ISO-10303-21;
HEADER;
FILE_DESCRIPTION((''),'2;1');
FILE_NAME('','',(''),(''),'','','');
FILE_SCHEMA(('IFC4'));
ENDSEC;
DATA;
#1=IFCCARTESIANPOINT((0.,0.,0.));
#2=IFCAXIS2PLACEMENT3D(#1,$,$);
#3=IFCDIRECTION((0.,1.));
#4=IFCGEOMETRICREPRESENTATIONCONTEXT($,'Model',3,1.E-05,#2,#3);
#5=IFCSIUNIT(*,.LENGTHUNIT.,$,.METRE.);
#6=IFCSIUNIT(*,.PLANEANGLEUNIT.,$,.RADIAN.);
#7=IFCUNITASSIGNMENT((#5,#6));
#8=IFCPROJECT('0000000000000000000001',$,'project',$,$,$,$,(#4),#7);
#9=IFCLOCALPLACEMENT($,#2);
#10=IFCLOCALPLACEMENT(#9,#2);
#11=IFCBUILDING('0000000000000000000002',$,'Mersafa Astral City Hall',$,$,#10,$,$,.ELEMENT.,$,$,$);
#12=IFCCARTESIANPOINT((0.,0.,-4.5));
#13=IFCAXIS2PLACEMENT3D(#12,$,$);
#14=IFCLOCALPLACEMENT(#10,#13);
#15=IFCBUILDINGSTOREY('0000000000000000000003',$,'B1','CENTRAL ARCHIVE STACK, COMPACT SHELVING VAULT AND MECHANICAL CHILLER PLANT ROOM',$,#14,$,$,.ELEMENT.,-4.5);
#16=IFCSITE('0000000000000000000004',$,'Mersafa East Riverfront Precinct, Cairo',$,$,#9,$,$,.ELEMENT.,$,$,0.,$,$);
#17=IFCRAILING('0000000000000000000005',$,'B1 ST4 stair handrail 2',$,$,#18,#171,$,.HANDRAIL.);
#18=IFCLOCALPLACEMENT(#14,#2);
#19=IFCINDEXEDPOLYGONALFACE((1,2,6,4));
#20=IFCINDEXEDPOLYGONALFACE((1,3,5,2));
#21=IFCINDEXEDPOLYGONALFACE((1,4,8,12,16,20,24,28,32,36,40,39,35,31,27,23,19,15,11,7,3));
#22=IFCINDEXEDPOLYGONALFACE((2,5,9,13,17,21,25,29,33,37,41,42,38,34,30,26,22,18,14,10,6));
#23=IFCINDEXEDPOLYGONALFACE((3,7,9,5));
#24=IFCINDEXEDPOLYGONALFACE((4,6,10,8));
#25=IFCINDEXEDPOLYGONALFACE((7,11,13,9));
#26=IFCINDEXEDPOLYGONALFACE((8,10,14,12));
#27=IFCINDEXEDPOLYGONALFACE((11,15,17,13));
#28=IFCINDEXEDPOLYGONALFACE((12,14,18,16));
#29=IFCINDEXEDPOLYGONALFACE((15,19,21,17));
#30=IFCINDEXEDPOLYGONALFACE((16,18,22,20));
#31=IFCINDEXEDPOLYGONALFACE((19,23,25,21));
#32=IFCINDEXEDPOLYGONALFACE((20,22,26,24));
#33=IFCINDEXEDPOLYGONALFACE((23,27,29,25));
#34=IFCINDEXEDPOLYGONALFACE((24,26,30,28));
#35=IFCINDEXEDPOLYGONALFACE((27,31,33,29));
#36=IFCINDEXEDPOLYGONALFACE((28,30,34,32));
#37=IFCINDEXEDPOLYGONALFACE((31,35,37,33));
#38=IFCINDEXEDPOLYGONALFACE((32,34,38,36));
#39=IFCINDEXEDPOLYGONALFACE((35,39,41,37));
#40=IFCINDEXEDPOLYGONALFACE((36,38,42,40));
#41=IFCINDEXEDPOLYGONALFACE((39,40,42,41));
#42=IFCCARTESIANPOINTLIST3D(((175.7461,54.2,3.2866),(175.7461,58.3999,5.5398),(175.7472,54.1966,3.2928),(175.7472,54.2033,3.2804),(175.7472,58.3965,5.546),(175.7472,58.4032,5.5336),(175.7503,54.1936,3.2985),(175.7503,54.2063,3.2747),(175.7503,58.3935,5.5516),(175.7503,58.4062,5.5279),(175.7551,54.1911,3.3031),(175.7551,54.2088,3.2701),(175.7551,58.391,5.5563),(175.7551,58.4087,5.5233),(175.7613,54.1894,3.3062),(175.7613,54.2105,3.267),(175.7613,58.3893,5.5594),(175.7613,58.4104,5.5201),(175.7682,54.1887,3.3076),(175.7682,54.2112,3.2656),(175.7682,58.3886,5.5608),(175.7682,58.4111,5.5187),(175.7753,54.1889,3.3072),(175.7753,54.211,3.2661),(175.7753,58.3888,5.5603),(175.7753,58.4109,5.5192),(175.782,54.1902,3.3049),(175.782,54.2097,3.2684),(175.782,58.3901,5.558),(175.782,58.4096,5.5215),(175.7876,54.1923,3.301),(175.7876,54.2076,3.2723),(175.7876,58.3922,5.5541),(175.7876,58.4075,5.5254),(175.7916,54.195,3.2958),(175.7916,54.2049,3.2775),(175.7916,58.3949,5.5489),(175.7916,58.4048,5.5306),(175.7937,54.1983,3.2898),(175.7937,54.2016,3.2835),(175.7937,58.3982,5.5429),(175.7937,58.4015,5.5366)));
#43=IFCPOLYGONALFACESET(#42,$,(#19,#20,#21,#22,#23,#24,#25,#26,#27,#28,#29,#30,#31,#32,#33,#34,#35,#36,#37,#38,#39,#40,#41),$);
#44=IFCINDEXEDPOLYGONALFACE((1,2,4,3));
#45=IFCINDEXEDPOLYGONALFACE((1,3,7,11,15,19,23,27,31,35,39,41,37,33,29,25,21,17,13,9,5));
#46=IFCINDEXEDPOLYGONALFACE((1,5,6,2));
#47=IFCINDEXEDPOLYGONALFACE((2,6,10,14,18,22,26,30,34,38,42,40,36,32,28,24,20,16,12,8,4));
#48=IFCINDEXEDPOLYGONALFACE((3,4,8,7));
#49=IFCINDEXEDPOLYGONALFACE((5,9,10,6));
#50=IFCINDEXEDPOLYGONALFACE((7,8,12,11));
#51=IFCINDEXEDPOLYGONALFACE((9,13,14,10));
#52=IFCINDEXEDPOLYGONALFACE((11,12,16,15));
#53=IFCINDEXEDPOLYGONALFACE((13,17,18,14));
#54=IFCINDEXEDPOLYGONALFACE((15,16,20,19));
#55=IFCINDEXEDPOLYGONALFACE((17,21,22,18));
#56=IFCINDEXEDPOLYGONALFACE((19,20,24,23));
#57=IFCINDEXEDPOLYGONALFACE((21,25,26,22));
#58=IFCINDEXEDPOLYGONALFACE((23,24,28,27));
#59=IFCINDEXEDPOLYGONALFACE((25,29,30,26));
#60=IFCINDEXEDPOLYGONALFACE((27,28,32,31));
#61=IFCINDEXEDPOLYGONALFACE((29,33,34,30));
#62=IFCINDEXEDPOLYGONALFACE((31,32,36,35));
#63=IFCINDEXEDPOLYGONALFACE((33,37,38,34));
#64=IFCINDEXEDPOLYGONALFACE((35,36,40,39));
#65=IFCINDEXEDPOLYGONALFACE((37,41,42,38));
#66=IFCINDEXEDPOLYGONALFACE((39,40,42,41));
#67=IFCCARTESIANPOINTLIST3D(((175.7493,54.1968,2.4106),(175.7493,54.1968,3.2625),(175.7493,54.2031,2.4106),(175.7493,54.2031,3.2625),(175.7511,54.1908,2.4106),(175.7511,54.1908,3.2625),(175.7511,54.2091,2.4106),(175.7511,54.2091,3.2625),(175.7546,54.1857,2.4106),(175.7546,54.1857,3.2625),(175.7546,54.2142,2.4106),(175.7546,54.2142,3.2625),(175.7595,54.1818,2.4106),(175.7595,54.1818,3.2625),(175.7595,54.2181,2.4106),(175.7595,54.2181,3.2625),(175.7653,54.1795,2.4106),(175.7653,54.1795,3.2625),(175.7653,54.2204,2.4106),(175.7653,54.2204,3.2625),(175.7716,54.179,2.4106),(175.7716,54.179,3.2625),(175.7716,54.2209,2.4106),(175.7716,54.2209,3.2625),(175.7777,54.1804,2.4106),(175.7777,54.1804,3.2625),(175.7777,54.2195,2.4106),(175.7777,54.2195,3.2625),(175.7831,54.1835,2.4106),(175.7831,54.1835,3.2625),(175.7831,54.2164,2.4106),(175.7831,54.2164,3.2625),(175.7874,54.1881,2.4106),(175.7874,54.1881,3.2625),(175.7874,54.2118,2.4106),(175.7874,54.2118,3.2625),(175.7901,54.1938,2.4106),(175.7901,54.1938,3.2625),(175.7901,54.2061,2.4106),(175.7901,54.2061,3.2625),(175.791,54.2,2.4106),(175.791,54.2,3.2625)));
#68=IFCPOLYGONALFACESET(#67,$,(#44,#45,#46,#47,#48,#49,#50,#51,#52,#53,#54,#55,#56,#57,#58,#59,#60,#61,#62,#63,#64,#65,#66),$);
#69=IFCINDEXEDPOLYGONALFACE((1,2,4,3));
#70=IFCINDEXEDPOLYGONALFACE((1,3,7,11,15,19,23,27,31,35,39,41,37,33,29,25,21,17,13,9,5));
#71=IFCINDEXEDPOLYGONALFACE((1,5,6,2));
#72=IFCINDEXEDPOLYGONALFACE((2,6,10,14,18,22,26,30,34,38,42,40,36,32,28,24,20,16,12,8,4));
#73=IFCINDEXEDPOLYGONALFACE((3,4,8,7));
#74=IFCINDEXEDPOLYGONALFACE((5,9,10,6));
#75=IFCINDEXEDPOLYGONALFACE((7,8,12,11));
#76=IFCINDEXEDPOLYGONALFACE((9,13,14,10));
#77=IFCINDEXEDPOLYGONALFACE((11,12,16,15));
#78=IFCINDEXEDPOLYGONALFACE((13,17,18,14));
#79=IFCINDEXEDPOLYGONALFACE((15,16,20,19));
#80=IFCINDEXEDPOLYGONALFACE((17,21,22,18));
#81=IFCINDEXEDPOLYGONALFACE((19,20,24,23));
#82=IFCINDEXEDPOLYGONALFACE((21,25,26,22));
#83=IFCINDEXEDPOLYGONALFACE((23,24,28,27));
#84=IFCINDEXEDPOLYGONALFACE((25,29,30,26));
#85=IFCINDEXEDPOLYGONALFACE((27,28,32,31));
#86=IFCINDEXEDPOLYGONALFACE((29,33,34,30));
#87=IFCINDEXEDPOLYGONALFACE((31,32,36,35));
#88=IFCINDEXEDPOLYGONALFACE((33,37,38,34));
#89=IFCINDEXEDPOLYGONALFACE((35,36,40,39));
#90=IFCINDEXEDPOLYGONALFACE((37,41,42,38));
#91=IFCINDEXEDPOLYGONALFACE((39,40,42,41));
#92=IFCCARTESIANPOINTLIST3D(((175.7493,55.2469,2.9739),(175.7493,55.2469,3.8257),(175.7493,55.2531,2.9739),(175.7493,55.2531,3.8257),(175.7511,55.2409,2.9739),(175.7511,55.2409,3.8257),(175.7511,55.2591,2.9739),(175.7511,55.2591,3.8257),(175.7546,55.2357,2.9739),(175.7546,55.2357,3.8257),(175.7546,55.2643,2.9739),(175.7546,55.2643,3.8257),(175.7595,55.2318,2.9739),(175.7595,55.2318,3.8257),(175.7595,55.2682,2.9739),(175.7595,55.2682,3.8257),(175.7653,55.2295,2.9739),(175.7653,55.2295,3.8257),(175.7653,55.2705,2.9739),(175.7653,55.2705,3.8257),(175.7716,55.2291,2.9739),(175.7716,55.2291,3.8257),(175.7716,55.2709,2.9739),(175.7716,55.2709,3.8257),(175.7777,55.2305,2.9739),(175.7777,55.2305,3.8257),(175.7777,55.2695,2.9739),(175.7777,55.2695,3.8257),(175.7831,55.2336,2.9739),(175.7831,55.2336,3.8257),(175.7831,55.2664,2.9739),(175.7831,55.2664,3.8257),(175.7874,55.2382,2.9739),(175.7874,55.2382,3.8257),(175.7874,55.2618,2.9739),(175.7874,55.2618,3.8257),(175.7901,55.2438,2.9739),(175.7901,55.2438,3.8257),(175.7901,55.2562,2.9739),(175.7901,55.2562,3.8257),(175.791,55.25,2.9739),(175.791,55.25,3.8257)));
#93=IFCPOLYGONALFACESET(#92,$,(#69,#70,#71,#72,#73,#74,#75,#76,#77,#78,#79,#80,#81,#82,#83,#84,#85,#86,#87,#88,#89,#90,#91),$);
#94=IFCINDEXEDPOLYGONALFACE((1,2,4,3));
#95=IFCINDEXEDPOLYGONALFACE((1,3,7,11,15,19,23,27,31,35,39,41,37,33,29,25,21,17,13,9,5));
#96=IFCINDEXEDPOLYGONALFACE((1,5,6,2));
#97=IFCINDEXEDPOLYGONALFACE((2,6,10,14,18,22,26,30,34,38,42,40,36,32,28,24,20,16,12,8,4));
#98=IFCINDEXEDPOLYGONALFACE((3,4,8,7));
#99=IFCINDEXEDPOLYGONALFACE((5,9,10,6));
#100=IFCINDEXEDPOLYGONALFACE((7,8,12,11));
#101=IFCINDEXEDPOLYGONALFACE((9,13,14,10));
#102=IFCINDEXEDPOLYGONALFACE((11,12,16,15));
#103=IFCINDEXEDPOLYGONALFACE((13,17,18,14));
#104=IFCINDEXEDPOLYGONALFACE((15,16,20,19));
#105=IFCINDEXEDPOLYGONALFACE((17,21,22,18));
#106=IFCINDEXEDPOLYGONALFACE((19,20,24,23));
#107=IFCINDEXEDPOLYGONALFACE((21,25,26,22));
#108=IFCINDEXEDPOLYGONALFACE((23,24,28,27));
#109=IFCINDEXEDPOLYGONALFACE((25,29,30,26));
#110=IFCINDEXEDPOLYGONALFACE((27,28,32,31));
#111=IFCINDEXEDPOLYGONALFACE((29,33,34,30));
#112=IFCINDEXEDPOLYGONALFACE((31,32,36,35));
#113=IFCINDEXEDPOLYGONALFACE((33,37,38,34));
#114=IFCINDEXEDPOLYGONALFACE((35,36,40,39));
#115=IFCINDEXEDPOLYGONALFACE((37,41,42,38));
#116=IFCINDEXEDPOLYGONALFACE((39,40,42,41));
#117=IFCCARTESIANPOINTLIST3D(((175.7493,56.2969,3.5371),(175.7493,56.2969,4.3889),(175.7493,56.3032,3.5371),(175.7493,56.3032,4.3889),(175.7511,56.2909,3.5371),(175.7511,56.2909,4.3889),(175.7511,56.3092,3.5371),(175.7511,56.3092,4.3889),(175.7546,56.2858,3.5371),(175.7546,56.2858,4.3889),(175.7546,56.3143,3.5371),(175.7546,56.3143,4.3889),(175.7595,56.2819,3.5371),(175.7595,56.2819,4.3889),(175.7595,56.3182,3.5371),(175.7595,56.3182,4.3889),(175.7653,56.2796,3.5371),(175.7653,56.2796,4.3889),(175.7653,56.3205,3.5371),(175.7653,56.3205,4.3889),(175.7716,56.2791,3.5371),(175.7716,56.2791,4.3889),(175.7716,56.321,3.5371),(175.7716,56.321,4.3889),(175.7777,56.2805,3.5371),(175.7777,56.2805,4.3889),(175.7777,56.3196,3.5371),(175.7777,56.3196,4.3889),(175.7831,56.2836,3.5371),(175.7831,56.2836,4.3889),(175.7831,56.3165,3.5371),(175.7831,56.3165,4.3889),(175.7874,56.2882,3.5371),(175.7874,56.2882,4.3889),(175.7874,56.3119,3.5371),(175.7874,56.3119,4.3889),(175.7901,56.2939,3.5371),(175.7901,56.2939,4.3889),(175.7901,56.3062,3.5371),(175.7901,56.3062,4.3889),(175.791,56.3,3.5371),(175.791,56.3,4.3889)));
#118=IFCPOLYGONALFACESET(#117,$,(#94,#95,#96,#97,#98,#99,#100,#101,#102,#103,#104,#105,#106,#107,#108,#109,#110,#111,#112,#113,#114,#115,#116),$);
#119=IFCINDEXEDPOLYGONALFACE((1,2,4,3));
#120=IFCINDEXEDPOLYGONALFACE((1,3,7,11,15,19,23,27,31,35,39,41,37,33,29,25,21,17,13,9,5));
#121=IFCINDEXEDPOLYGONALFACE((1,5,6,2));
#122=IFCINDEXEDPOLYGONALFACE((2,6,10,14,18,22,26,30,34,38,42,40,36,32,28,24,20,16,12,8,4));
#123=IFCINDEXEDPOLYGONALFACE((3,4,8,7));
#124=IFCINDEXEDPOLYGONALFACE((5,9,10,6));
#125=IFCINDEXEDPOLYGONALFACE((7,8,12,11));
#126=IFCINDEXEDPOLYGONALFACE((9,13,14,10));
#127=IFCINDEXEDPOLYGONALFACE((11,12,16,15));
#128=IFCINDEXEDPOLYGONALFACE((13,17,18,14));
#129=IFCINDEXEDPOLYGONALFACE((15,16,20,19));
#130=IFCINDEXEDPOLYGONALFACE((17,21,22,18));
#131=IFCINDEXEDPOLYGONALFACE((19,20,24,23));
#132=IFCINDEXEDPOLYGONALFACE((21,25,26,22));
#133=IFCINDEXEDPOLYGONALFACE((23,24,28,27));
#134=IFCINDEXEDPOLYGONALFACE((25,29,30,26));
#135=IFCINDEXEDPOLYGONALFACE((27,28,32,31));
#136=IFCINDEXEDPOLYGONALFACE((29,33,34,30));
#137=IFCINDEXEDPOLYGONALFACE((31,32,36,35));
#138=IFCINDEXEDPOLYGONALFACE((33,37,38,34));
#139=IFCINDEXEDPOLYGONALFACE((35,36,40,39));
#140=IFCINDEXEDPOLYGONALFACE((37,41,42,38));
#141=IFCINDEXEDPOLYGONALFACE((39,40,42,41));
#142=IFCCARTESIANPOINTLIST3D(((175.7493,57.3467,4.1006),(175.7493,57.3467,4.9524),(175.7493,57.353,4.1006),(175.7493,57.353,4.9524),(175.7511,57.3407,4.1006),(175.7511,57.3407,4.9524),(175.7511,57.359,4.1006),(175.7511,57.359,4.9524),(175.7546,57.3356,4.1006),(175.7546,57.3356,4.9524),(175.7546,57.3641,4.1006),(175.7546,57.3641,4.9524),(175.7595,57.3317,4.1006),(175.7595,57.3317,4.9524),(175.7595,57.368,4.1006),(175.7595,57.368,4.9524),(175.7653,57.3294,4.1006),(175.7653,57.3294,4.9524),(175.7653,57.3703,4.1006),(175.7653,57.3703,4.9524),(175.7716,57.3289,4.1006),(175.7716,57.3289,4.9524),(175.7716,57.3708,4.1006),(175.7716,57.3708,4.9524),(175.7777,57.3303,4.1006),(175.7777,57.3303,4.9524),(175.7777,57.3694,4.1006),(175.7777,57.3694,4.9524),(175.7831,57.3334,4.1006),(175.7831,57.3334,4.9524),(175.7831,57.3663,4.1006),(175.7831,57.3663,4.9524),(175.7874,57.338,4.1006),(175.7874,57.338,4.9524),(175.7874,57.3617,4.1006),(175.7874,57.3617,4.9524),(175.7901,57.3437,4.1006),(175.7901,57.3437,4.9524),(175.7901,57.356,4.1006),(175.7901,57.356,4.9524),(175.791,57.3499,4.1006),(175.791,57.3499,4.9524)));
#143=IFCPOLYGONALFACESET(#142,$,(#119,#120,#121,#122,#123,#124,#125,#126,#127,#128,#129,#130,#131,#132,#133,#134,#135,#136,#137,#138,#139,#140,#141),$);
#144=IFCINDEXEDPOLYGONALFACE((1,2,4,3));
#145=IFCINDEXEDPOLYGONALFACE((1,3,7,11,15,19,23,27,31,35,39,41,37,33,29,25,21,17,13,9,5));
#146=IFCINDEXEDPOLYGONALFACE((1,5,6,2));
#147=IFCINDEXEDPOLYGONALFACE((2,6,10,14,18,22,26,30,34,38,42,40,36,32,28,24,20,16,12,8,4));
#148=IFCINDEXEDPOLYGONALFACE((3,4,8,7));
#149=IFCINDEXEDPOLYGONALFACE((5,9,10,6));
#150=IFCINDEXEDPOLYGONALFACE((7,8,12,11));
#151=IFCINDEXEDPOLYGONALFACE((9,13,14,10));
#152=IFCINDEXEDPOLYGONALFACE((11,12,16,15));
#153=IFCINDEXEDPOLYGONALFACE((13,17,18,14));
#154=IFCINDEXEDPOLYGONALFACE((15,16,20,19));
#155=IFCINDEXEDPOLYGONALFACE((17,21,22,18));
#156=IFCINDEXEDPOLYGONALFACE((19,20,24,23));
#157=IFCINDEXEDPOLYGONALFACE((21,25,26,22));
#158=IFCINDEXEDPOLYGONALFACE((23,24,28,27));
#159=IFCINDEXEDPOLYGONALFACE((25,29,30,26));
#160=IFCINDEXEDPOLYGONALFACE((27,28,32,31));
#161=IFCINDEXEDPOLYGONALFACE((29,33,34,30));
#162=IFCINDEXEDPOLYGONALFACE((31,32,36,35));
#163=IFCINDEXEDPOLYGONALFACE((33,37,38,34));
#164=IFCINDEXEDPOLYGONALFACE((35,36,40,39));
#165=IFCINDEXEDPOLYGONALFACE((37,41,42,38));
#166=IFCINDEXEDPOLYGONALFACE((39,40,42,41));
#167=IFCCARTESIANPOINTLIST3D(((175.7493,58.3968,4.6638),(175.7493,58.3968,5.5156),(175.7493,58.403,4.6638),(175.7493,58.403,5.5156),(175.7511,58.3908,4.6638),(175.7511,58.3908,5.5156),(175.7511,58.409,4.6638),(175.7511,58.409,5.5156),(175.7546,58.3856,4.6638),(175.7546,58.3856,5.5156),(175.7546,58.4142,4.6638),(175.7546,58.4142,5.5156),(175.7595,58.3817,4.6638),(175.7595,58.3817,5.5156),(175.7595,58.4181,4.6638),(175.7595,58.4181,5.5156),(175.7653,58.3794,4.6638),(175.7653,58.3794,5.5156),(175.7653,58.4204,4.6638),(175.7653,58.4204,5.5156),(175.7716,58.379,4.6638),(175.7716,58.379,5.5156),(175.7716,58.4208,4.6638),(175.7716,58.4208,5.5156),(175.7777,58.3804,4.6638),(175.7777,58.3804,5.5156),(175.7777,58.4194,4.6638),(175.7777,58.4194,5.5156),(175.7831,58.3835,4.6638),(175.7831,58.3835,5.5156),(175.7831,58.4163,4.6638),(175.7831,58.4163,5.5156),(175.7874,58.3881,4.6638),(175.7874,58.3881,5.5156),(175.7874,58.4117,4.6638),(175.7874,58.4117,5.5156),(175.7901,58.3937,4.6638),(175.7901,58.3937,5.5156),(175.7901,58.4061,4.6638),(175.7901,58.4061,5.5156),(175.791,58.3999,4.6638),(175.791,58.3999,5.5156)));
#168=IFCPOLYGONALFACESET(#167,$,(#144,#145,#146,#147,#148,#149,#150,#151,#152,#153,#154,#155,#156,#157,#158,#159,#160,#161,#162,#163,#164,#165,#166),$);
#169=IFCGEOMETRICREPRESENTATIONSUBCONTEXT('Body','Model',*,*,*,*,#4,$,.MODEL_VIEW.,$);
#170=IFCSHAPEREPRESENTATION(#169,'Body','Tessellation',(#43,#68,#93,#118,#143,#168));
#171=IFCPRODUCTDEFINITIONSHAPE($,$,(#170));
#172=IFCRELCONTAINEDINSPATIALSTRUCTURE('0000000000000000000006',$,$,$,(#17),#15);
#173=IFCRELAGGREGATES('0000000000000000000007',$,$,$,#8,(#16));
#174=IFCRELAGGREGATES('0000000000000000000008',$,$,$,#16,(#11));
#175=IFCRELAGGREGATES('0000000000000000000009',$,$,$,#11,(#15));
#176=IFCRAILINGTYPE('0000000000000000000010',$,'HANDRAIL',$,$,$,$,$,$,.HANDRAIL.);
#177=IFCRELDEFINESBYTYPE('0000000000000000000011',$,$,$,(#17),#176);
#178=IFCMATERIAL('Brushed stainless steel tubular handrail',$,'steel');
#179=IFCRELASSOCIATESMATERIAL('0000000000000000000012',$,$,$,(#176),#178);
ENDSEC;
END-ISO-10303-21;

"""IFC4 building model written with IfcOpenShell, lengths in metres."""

from ifc_helpers import new_model, si_unit, direction, frame, origin, origin_2d, place, context, subcontext, project, spatial, circle, extrude, material, type_object, element, save


model = new_model("IFC4")

# Units and contexts
model_context = context("Model", 3, precision=1e-05, world=origin(), true_north=direction((0.0, 1.0)))
body_context = subcontext(model_context, "Body", "Model", "MODEL_VIEW")
ifc_project = project(units=[si_unit("LENGTHUNIT", "METRE"), si_unit("PLANEANGLEUNIT", "RADIAN")], contexts=[model_context])

# Site, building, storey
site_placement = place(None, origin())
site = spatial("IfcSite", under=ifc_project, at=site_placement, Name="Mersafa East Riverfront Precinct, Cairo", CompositionType="ELEMENT", RefElevation=0.0)
building_placement = place(site_placement, origin())
building = spatial("IfcBuilding", under=site, at=building_placement, Name="Mersafa Astral City Hall", CompositionType="ELEMENT")
storey_placement = place(building_placement, frame((0.0, 0.0, -4.5)))
storey = spatial("IfcBuildingStorey", under=building, at=storey_placement, Name="B1", Description="CENTRAL ARCHIVE STACK, COMPACT SHELVING VAULT AND MECHANICAL CHILLER PLANT ROOM", CompositionType="ELEMENT", Elevation=-4.5)

# Railing
ifc_material_1 = material(Name="Brushed stainless steel tubular handrail", Category="steel")
railing_type_1 = type_object("IfcRailingType", Name="HANDRAIL", PredefinedType="HANDRAIL", material=ifc_material_1)
railing_1_placement = place(storey_placement, frame((175.77, 54.2, 2.4106)))
element("IfcRailing", 1, at=railing_1_placement, inside=storey, type_object=railing_type_1, Name="B1 ST4 stair handrail 2", PredefinedType="HANDRAIL", context=body_context, shape_type="SweptSolid", body=[
    extrude(circle(Radius=0.0239, at=origin_2d()), frame((0.0, 0.0, 0.876), z_axis=(0.0, 0.8812, 0.472743), x_axis=(-1.0, 0.0, 0.0)), (0.0, 0.0, 1.0), 4.7661),
    extrude(circle(Radius=0.021, at=origin_2d()), origin(), (0.0, 0.0, 1.0), 0.8518),
    extrude(circle(Radius=0.021, at=origin_2d()), frame((0.0, 1.05, 0.5632)), (0.0, 0.0, 1.0), 0.8518),
    extrude(circle(Radius=0.021, at=origin_2d()), frame((0.0, 2.1001, 1.1265)), (0.0, 0.0, 1.0), 0.8518),
    extrude(circle(Radius=0.021, at=origin_2d()), frame((0.0, 3.1499, 1.6899)), (0.0, 0.0, 1.0), 0.8518),
    extrude(circle(Radius=0.021, at=origin_2d()), frame((0.0, 4.2, 2.2532)), (0.0, 0.0, 1.0), 0.8518),
])

save(model, "model.ifc")
